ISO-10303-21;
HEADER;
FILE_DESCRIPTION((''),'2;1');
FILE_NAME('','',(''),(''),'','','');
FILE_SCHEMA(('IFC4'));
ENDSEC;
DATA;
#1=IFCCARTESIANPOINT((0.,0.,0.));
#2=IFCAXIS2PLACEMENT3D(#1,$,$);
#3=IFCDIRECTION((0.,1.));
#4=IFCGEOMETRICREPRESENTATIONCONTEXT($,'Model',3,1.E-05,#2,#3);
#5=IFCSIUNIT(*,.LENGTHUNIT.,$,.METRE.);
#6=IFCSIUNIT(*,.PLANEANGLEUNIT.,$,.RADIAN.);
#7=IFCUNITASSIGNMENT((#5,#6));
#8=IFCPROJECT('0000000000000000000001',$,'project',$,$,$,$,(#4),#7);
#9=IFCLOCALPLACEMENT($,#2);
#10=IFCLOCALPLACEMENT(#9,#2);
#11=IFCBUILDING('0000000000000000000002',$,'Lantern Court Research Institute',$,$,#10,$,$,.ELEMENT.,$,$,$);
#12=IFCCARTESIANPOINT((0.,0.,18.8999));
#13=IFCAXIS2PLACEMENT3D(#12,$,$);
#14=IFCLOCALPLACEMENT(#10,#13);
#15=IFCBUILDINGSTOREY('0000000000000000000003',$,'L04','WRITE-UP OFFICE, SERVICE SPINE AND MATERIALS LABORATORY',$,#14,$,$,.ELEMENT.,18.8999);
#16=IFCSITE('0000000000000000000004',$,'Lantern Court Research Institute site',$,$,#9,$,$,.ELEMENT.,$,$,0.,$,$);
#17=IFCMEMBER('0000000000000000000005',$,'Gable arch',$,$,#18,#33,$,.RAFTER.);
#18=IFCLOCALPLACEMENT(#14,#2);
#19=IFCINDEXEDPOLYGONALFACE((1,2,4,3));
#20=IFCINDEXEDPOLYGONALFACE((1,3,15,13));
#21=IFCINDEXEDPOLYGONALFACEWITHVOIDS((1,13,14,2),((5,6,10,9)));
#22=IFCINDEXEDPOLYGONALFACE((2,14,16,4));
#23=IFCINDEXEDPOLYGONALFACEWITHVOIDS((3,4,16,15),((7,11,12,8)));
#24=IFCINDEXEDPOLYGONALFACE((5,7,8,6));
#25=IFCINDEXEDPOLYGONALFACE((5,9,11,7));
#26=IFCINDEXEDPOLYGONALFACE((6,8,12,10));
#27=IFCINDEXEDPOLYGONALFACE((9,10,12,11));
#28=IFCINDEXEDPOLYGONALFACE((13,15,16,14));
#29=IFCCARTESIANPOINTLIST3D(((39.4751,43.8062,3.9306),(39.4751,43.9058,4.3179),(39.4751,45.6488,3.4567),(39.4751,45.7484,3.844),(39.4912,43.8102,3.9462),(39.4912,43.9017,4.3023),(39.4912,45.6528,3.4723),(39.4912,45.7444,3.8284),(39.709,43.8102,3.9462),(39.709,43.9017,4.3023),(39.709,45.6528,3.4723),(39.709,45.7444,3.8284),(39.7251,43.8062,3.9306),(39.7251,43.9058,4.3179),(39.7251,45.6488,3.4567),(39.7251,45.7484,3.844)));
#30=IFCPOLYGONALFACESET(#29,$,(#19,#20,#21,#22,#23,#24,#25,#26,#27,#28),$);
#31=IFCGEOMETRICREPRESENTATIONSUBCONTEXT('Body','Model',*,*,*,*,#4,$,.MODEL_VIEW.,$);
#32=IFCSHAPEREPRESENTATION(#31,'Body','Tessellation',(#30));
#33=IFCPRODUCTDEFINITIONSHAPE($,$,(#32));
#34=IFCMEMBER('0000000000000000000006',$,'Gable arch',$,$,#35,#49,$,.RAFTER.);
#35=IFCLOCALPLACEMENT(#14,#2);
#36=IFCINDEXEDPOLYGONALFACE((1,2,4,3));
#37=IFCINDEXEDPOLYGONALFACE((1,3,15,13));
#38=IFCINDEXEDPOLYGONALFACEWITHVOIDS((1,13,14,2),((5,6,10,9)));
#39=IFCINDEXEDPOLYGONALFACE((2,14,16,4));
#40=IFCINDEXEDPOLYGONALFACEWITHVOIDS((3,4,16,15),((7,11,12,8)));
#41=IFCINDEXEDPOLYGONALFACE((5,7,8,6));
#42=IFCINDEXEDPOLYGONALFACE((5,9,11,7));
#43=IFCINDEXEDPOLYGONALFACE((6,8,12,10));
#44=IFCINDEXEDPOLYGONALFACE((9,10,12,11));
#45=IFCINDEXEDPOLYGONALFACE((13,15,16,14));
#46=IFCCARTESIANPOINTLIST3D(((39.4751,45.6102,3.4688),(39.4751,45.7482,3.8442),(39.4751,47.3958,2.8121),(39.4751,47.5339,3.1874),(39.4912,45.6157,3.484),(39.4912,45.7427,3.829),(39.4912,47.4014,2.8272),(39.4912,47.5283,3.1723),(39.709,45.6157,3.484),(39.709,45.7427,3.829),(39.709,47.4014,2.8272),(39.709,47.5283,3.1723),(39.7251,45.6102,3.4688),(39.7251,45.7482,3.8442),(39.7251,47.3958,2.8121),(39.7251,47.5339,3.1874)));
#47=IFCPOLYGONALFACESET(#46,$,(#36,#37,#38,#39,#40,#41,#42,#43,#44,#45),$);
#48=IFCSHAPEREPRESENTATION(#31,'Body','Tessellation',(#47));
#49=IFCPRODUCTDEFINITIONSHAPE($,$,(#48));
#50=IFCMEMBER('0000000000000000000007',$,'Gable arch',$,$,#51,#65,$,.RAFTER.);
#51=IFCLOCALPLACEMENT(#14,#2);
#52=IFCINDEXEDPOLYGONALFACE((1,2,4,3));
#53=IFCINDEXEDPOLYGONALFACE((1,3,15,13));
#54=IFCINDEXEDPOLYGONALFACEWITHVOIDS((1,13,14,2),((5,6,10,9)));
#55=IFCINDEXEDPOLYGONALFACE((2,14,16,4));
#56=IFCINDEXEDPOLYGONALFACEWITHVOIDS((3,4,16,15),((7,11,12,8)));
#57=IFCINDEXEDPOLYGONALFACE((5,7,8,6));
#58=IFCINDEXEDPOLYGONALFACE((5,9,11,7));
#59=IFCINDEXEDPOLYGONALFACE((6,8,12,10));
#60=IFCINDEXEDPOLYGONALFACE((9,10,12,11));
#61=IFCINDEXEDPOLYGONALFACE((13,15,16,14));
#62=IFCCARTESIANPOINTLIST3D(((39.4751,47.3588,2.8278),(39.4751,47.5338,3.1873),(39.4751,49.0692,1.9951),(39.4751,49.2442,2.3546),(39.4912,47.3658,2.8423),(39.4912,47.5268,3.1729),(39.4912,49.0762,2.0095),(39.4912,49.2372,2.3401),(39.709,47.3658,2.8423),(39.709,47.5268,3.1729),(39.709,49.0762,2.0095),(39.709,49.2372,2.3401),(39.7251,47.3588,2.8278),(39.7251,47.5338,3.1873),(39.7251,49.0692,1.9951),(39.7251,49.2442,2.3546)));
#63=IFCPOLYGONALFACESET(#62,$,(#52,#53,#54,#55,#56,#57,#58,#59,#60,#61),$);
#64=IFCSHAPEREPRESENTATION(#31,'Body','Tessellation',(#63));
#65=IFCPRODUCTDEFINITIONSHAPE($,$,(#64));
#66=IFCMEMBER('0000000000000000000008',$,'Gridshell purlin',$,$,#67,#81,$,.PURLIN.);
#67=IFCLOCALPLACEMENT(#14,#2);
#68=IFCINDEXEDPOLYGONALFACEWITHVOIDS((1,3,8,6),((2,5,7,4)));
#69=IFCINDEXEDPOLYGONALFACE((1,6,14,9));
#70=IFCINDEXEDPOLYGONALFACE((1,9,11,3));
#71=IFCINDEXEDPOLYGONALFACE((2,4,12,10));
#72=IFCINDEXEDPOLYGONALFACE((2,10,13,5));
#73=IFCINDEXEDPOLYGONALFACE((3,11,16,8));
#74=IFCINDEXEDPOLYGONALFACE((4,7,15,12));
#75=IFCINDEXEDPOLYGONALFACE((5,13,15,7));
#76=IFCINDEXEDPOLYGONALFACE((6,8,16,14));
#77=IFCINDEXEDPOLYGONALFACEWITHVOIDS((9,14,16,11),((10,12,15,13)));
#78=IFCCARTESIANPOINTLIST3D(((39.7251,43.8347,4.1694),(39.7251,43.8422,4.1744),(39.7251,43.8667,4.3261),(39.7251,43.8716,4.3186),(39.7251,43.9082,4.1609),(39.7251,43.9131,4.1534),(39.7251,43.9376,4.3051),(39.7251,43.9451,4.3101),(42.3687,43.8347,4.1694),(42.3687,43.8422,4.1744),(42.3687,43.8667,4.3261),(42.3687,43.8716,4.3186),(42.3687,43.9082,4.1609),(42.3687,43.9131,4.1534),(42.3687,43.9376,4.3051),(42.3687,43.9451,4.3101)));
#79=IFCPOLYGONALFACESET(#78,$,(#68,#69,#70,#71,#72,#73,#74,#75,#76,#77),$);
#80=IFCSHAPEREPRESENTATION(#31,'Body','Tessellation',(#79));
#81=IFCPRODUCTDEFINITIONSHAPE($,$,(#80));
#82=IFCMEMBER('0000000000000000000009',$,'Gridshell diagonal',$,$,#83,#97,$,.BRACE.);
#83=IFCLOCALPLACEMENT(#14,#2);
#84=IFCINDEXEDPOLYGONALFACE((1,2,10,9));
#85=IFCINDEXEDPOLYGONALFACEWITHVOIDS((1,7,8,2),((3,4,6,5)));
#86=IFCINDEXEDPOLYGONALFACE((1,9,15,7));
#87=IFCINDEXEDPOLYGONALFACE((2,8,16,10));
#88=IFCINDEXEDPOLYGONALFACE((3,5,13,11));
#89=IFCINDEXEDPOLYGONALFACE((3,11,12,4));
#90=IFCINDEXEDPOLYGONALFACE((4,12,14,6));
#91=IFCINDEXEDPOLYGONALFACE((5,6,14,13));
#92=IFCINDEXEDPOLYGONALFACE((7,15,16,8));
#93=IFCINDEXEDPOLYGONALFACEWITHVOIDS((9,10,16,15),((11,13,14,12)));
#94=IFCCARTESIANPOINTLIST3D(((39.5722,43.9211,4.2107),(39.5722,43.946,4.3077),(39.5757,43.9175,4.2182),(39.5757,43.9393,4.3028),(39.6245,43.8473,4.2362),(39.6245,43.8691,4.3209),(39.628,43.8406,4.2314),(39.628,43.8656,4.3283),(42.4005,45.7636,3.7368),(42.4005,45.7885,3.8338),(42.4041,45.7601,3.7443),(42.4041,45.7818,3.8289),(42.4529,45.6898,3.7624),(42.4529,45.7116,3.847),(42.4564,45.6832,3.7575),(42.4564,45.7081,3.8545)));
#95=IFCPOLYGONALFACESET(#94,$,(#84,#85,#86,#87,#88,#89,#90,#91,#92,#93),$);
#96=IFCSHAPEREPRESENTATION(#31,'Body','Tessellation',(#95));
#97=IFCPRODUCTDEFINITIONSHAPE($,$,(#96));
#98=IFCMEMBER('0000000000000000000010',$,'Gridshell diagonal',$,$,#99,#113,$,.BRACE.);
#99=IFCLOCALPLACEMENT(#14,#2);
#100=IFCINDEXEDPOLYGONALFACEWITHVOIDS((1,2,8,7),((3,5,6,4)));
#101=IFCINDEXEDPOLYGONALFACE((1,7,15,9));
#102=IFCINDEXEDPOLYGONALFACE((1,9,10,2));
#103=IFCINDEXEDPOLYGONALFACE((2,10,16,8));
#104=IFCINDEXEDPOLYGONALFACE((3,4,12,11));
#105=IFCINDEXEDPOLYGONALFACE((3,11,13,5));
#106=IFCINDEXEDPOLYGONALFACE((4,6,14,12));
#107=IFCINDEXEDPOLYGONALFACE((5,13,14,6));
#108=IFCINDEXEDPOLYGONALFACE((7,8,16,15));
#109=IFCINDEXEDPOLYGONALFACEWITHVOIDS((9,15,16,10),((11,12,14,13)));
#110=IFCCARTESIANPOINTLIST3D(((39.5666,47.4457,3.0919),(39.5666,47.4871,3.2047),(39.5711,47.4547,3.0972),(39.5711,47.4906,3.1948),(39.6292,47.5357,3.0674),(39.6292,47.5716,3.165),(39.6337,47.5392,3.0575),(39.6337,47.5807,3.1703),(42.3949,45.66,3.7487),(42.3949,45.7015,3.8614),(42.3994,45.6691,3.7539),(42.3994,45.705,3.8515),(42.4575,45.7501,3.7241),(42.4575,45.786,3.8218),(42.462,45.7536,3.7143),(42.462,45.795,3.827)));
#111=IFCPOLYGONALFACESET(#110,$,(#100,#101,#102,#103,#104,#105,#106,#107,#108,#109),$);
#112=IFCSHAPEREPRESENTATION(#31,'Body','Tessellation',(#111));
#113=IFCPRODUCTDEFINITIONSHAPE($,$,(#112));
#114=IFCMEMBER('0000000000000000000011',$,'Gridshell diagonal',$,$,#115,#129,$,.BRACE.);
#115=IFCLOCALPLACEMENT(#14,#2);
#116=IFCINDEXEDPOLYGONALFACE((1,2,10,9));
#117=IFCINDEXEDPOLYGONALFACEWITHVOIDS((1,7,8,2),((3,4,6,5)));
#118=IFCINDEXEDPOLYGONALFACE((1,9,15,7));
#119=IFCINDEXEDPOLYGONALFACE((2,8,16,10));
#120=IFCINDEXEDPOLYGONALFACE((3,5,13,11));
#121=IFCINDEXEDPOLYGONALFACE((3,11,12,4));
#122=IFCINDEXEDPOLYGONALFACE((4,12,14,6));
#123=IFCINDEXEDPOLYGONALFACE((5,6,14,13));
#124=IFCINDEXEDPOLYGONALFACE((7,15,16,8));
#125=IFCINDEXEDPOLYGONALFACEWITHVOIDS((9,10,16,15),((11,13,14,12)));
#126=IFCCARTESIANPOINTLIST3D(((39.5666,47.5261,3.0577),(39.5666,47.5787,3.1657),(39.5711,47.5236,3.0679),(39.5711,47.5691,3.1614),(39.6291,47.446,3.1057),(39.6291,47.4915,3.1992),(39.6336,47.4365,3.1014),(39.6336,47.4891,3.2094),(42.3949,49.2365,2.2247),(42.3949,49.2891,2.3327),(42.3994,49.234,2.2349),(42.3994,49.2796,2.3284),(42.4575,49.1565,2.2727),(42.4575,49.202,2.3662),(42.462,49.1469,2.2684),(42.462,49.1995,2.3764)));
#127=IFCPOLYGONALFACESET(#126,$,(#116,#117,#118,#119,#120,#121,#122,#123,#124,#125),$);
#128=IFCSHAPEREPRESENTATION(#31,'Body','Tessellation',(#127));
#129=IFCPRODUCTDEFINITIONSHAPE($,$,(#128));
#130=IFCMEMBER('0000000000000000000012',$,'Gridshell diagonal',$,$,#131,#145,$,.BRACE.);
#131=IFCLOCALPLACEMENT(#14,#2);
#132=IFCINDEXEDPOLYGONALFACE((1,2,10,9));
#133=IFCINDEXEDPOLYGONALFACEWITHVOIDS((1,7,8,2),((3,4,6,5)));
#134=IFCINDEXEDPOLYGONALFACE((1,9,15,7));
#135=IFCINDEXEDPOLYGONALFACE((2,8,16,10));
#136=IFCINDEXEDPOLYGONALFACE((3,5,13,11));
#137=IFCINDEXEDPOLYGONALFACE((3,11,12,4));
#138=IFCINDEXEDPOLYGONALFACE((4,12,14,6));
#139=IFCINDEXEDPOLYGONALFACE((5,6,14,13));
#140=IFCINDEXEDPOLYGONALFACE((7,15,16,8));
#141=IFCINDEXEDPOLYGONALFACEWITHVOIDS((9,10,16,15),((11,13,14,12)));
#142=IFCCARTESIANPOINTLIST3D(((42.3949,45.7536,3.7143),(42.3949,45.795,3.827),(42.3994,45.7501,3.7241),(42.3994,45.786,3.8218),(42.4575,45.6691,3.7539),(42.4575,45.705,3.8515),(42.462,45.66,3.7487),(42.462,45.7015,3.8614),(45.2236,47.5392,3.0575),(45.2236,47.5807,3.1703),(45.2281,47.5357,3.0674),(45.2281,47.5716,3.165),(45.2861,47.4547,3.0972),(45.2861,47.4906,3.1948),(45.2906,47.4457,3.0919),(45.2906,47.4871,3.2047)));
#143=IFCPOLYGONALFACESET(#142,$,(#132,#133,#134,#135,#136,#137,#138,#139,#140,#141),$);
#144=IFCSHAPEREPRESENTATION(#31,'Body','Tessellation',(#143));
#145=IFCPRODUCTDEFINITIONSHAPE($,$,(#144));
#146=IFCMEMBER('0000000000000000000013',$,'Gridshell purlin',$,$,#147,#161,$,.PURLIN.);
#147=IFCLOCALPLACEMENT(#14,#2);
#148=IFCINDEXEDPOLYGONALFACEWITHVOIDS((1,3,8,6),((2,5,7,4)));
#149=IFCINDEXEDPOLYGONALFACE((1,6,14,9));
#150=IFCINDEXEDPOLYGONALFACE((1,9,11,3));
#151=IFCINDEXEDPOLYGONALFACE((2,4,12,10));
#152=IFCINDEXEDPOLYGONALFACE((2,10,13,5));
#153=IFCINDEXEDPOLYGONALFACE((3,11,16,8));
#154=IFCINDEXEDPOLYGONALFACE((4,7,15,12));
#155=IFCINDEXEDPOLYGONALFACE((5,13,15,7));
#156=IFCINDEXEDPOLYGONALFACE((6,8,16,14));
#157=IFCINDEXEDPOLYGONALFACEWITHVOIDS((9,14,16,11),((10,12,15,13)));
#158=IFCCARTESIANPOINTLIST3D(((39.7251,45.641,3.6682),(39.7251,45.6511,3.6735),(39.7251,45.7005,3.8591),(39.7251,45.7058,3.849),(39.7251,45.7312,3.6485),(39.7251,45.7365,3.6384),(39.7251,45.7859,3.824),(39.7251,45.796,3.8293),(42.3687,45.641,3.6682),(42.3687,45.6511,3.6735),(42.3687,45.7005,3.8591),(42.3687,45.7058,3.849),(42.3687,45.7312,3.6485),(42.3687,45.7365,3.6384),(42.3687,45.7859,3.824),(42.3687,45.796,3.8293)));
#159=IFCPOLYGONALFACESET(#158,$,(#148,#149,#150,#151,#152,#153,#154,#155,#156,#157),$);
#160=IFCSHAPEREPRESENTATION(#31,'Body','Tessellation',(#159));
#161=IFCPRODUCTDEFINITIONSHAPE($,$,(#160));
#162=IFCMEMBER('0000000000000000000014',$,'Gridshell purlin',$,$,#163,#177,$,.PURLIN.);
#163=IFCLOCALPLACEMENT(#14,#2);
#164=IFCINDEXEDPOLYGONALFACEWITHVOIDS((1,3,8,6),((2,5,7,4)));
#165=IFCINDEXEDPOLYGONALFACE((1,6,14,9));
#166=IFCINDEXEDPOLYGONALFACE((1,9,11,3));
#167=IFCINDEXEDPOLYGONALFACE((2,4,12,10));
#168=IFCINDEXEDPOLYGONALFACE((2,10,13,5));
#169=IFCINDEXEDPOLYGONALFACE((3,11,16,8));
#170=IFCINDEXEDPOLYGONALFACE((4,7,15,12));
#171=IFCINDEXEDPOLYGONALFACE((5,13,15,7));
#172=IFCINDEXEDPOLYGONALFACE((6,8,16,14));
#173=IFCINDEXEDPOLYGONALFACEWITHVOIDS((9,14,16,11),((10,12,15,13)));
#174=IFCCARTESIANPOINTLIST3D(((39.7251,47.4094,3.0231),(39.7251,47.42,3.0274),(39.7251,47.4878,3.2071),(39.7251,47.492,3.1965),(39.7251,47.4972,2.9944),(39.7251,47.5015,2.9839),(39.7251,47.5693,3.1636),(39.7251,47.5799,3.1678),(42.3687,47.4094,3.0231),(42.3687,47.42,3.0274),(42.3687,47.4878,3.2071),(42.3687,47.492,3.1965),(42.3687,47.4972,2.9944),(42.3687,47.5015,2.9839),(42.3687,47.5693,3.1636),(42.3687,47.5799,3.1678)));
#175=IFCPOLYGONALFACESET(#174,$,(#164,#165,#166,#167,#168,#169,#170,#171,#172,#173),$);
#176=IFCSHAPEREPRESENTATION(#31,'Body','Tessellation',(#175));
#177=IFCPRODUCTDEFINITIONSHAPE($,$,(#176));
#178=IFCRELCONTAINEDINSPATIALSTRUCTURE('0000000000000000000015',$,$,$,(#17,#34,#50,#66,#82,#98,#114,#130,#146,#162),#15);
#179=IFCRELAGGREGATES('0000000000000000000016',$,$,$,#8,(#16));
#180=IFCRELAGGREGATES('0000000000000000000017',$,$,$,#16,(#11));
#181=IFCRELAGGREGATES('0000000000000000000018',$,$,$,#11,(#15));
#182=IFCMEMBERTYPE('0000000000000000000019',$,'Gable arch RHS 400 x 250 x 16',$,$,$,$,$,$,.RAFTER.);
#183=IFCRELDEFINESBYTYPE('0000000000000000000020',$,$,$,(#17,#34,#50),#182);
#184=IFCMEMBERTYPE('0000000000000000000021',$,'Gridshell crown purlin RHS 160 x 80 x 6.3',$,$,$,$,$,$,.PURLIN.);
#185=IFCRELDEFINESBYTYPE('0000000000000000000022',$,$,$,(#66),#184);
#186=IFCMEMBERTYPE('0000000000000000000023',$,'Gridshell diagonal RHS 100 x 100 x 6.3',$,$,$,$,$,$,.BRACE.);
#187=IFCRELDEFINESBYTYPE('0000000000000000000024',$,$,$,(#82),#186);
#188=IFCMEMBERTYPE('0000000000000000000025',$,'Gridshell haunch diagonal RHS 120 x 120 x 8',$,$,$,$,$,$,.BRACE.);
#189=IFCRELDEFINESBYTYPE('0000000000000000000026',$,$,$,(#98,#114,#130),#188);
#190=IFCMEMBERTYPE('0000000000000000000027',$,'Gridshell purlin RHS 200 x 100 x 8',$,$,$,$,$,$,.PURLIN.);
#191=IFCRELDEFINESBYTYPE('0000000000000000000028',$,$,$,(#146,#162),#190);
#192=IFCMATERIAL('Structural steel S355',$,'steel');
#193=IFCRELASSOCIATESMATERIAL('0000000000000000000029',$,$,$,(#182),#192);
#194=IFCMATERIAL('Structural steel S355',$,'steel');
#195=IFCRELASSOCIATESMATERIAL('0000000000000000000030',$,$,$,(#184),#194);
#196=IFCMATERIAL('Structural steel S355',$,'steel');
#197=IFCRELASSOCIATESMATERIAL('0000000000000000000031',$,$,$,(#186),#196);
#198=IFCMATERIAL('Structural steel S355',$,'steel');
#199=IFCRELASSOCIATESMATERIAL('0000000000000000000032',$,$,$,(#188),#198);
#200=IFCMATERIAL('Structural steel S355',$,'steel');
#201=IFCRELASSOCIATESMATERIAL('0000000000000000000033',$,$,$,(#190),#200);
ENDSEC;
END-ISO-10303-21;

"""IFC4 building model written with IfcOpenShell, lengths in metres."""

from ifc_helpers import new_model, si_unit, direction, frame, origin, origin_2d, place, context, subcontext, project, spatial, hollow_rectangle, extrude, material, material_profile, profile_set, type_object, element, save


model = new_model("IFC4")

# Units and contexts
model_context = context("Model", 3, precision=1e-05, world=origin(), true_north=direction((0.0, 1.0)))
body_context = subcontext(model_context, "Body", "Model", "MODEL_VIEW")
ifc_project = project(units=[si_unit("LENGTHUNIT", "METRE"), si_unit("PLANEANGLEUNIT", "RADIAN")], contexts=[model_context])

# Site, building, storey
site_placement = place(None, origin())
site = spatial("IfcSite", under=ifc_project, at=site_placement, Name="Lantern Court Research Institute site", CompositionType="ELEMENT", RefElevation=0.0)
building_placement = place(site_placement, origin())
building = spatial("IfcBuilding", under=site, at=building_placement, Name="Lantern Court Research Institute", CompositionType="ELEMENT")
storey_placement = place(building_placement, frame((0.0, 0.0, 18.8999)))
storey = spatial("IfcBuildingStorey", under=building, at=storey_placement, Name="L04", Description="WRITE-UP OFFICE, SERVICE SPINE AND MATERIALS LABORATORY", CompositionType="ELEMENT", Elevation=18.8999)

# Members
ifc_material_1 = material(Name="Structural steel S355", Category="steel")
ifc_material_profile_1 = material_profile(ifc_material_1, hollow_rectangle(XDim=0.25, YDim=0.3999, WallThickness=0.0161, at=origin_2d()), Name="Gable arch RHS 400 x 250 x 16")
ifc_profile_set_1 = profile_set([ifc_material_profile_1], Name="Structural steel S355")
member_type_1 = type_object("IfcMemberType", Name="Gable arch RHS 400 x 250 x 16", PredefinedType="RAFTER", material=ifc_profile_set_1)
for number, where, z_axis, x_axis, name in (
    (1, (39.6001, 43.856, 4.1243), (0.0, 0.968482, -0.249082), (-1.0, 0.0, 0.0), "Gable arch"),
    (2, (39.6001, 45.6792, 3.6565), (0.0, 0.938536, -0.345182), (-1.0, 0.0, 0.0), "Gable arch"),
):
    element("IfcMember", number, at=place(storey_placement, frame(where, z_axis=z_axis, x_axis=x_axis)), inside=storey, type_object=member_type_1, Name=name, PredefinedType="RAFTER", context=body_context, shape_type="SweptSolid", body=[
        extrude(hollow_rectangle(XDim=0.25, YDim=0.3999, WallThickness=0.0161, at=origin_2d()), origin(), (0.0, 0.0, 1.0), 1.9026),
    ])
member_1_placement = place(storey_placement, frame((39.6001, 47.4463, 3.0076), z_axis=(0.0, 0.8991, -0.437743), x_axis=(-1.0, 0.0, 0.0)))
element("IfcMember", 3, at=member_1_placement, inside=storey, type_object=member_type_1, Name="Gable arch", PredefinedType="RAFTER", context=body_context, shape_type="SweptSolid", body=[
    extrude(hollow_rectangle(XDim=0.25, YDim=0.3999, WallThickness=0.0161, at=origin_2d()), origin(), (0.0, 0.0, 1.0), 1.9023),
])
ifc_material_2 = material(Name="Structural steel S355", Category="steel")
ifc_material_profile_2 = material_profile(ifc_material_2, hollow_rectangle(XDim=0.0801, YDim=0.1599, WallThickness=0.0063, at=origin_2d()), Name="Gridshell crown purlin RHS 160 x 80 x 6.3")
ifc_profile_set_2 = profile_set([ifc_material_profile_2], Name="Structural steel S355")
member_type_2 = type_object("IfcMemberType", Name="Gridshell crown purlin RHS 160 x 80 x 6.3", PredefinedType="PURLIN", material=ifc_profile_set_2)
member_2_placement = place(storey_placement, frame((39.7251, 43.8899, 4.2397), z_axis=(1.0, 0.0, 0.0), x_axis=(0.0, 0.979787, -0.200043)))
element("IfcMember", 4, at=member_2_placement, inside=storey, type_object=member_type_2, Name="Gridshell purlin", PredefinedType="PURLIN", context=body_context, shape_type="SweptSolid", body=[
    extrude(hollow_rectangle(XDim=0.0801, YDim=0.1599, WallThickness=0.0063, at=origin_2d()), origin(), (0.0, 0.0, 1.0), 2.6436),
])
ifc_material_3 = material(Name="Structural steel S355", Category="steel")
ifc_material_profile_3 = material_profile(ifc_material_3, hollow_rectangle(XDim=0.1001, YDim=0.1001, WallThickness=0.0063, at=origin_2d()), Name="Gridshell diagonal RHS 100 x 100 x 6.3")
ifc_profile_set_3 = profile_set([ifc_material_profile_3], Name="Structural steel S355")
member_type_3 = type_object("IfcMemberType", Name="Gridshell diagonal RHS 100 x 100 x 6.3", PredefinedType="BRACE", material=ifc_profile_set_3)
member_3_placement = place(storey_placement, frame((39.6001, 43.8933, 4.2695), z_axis=(0.829753, 0.540539, -0.13902), x_axis=(-0.55813, 0.803596, -0.206699)))
element("IfcMember", 5, at=member_3_placement, inside=storey, type_object=member_type_3, Name="Gridshell diagonal", PredefinedType="BRACE", context=body_context, shape_type="SweptSolid", body=[
    extrude(hollow_rectangle(XDim=0.1001, YDim=0.1001, WallThickness=0.0063, at=origin_2d()), origin(), (0.0, 0.0, 1.0), 3.4087),
])
ifc_material_4 = material(Name="Structural steel S355", Category="steel")
ifc_material_profile_4 = material_profile(ifc_material_4, hollow_rectangle(XDim=0.1201, YDim=0.1201, WallThickness=0.0081, at=origin_2d()), Name="Gridshell haunch diagonal RHS 120 x 120 x 8")
ifc_profile_set_4 = profile_set([ifc_material_profile_4], Name="Structural steel S355")
member_type_4 = type_object("IfcMemberType", Name="Gridshell haunch diagonal RHS 120 x 120 x 8", PredefinedType="BRACE", material=ifc_profile_set_4)
for number, where, z_axis, x_axis, name in (
    (6, (42.4285, 45.7275, 3.7878), (-0.829741, 0.523843, -0.192663), (-0.558149, -0.778731, 0.28644), "Gridshell diagonal"),
    (7, (39.6001, 47.5076, 3.1335), (0.829751, 0.50179, -0.244377), (-0.558134, 0.746001, -0.363275), "Gridshell diagonal"),
):
    element("IfcMember", number, at=place(storey_placement, frame(where, z_axis=z_axis, x_axis=x_axis)), inside=storey, type_object=member_type_4, Name=name, PredefinedType="BRACE", context=body_context, shape_type="SweptSolid", body=[
        extrude(hollow_rectangle(XDim=0.1201, YDim=0.1201, WallThickness=0.0081, at=origin_2d()), origin(), (0.0, 0.0, 1.0), 3.4087),
    ])
member_4_placement = place(storey_placement, frame((42.4285, 45.7275, 3.7878), z_axis=(0.829763, 0.523812, -0.192652), x_axis=(-0.558116, 0.778754, -0.28644)))
element("IfcMember", 8, at=member_4_placement, inside=storey, type_object=member_type_4, Name="Gridshell diagonal", PredefinedType="BRACE", context=body_context, shape_type="SweptSolid", body=[
    extrude(hollow_rectangle(XDim=0.1201, YDim=0.1201, WallThickness=0.0081, at=origin_2d()), origin(), (0.0, 0.0, 1.0), 3.4089),
])
ifc_material_5 = material(Name="Structural steel S355", Category="steel")
ifc_material_profile_5 = material_profile(ifc_material_5, hollow_rectangle(XDim=0.1001, YDim=0.2, WallThickness=0.0081, at=origin_2d()), Name="Gridshell purlin RHS 200 x 100 x 8")
ifc_profile_set_5 = profile_set([ifc_material_profile_5], Name="Structural steel S355")
member_type_5 = type_object("IfcMemberType", Name="Gridshell purlin RHS 200 x 100 x 8", PredefinedType="PURLIN", material=ifc_profile_set_5)
for number, where, z_axis, x_axis, name in (
    (9, (39.7251, 45.7185, 3.7488), (1.0, 0.0, 0.0), (0.0, 0.954713, -0.297528), "Gridshell purlin"),
    (10, (39.7251, 47.4946, 3.0955), (1.0, 0.0, 0.0), (0.0, 0.919966, -0.391999), "Gridshell purlin"),
):
    element("IfcMember", number, at=place(storey_placement, frame(where, z_axis=z_axis, x_axis=x_axis)), inside=storey, type_object=member_type_5, Name=name, PredefinedType="PURLIN", context=body_context, shape_type="SweptSolid", body=[
        extrude(hollow_rectangle(XDim=0.1001, YDim=0.2, WallThickness=0.0081, at=origin_2d()), origin(), (0.0, 0.0, 1.0), 2.6436),
    ])

save(model, "model.ifc")
